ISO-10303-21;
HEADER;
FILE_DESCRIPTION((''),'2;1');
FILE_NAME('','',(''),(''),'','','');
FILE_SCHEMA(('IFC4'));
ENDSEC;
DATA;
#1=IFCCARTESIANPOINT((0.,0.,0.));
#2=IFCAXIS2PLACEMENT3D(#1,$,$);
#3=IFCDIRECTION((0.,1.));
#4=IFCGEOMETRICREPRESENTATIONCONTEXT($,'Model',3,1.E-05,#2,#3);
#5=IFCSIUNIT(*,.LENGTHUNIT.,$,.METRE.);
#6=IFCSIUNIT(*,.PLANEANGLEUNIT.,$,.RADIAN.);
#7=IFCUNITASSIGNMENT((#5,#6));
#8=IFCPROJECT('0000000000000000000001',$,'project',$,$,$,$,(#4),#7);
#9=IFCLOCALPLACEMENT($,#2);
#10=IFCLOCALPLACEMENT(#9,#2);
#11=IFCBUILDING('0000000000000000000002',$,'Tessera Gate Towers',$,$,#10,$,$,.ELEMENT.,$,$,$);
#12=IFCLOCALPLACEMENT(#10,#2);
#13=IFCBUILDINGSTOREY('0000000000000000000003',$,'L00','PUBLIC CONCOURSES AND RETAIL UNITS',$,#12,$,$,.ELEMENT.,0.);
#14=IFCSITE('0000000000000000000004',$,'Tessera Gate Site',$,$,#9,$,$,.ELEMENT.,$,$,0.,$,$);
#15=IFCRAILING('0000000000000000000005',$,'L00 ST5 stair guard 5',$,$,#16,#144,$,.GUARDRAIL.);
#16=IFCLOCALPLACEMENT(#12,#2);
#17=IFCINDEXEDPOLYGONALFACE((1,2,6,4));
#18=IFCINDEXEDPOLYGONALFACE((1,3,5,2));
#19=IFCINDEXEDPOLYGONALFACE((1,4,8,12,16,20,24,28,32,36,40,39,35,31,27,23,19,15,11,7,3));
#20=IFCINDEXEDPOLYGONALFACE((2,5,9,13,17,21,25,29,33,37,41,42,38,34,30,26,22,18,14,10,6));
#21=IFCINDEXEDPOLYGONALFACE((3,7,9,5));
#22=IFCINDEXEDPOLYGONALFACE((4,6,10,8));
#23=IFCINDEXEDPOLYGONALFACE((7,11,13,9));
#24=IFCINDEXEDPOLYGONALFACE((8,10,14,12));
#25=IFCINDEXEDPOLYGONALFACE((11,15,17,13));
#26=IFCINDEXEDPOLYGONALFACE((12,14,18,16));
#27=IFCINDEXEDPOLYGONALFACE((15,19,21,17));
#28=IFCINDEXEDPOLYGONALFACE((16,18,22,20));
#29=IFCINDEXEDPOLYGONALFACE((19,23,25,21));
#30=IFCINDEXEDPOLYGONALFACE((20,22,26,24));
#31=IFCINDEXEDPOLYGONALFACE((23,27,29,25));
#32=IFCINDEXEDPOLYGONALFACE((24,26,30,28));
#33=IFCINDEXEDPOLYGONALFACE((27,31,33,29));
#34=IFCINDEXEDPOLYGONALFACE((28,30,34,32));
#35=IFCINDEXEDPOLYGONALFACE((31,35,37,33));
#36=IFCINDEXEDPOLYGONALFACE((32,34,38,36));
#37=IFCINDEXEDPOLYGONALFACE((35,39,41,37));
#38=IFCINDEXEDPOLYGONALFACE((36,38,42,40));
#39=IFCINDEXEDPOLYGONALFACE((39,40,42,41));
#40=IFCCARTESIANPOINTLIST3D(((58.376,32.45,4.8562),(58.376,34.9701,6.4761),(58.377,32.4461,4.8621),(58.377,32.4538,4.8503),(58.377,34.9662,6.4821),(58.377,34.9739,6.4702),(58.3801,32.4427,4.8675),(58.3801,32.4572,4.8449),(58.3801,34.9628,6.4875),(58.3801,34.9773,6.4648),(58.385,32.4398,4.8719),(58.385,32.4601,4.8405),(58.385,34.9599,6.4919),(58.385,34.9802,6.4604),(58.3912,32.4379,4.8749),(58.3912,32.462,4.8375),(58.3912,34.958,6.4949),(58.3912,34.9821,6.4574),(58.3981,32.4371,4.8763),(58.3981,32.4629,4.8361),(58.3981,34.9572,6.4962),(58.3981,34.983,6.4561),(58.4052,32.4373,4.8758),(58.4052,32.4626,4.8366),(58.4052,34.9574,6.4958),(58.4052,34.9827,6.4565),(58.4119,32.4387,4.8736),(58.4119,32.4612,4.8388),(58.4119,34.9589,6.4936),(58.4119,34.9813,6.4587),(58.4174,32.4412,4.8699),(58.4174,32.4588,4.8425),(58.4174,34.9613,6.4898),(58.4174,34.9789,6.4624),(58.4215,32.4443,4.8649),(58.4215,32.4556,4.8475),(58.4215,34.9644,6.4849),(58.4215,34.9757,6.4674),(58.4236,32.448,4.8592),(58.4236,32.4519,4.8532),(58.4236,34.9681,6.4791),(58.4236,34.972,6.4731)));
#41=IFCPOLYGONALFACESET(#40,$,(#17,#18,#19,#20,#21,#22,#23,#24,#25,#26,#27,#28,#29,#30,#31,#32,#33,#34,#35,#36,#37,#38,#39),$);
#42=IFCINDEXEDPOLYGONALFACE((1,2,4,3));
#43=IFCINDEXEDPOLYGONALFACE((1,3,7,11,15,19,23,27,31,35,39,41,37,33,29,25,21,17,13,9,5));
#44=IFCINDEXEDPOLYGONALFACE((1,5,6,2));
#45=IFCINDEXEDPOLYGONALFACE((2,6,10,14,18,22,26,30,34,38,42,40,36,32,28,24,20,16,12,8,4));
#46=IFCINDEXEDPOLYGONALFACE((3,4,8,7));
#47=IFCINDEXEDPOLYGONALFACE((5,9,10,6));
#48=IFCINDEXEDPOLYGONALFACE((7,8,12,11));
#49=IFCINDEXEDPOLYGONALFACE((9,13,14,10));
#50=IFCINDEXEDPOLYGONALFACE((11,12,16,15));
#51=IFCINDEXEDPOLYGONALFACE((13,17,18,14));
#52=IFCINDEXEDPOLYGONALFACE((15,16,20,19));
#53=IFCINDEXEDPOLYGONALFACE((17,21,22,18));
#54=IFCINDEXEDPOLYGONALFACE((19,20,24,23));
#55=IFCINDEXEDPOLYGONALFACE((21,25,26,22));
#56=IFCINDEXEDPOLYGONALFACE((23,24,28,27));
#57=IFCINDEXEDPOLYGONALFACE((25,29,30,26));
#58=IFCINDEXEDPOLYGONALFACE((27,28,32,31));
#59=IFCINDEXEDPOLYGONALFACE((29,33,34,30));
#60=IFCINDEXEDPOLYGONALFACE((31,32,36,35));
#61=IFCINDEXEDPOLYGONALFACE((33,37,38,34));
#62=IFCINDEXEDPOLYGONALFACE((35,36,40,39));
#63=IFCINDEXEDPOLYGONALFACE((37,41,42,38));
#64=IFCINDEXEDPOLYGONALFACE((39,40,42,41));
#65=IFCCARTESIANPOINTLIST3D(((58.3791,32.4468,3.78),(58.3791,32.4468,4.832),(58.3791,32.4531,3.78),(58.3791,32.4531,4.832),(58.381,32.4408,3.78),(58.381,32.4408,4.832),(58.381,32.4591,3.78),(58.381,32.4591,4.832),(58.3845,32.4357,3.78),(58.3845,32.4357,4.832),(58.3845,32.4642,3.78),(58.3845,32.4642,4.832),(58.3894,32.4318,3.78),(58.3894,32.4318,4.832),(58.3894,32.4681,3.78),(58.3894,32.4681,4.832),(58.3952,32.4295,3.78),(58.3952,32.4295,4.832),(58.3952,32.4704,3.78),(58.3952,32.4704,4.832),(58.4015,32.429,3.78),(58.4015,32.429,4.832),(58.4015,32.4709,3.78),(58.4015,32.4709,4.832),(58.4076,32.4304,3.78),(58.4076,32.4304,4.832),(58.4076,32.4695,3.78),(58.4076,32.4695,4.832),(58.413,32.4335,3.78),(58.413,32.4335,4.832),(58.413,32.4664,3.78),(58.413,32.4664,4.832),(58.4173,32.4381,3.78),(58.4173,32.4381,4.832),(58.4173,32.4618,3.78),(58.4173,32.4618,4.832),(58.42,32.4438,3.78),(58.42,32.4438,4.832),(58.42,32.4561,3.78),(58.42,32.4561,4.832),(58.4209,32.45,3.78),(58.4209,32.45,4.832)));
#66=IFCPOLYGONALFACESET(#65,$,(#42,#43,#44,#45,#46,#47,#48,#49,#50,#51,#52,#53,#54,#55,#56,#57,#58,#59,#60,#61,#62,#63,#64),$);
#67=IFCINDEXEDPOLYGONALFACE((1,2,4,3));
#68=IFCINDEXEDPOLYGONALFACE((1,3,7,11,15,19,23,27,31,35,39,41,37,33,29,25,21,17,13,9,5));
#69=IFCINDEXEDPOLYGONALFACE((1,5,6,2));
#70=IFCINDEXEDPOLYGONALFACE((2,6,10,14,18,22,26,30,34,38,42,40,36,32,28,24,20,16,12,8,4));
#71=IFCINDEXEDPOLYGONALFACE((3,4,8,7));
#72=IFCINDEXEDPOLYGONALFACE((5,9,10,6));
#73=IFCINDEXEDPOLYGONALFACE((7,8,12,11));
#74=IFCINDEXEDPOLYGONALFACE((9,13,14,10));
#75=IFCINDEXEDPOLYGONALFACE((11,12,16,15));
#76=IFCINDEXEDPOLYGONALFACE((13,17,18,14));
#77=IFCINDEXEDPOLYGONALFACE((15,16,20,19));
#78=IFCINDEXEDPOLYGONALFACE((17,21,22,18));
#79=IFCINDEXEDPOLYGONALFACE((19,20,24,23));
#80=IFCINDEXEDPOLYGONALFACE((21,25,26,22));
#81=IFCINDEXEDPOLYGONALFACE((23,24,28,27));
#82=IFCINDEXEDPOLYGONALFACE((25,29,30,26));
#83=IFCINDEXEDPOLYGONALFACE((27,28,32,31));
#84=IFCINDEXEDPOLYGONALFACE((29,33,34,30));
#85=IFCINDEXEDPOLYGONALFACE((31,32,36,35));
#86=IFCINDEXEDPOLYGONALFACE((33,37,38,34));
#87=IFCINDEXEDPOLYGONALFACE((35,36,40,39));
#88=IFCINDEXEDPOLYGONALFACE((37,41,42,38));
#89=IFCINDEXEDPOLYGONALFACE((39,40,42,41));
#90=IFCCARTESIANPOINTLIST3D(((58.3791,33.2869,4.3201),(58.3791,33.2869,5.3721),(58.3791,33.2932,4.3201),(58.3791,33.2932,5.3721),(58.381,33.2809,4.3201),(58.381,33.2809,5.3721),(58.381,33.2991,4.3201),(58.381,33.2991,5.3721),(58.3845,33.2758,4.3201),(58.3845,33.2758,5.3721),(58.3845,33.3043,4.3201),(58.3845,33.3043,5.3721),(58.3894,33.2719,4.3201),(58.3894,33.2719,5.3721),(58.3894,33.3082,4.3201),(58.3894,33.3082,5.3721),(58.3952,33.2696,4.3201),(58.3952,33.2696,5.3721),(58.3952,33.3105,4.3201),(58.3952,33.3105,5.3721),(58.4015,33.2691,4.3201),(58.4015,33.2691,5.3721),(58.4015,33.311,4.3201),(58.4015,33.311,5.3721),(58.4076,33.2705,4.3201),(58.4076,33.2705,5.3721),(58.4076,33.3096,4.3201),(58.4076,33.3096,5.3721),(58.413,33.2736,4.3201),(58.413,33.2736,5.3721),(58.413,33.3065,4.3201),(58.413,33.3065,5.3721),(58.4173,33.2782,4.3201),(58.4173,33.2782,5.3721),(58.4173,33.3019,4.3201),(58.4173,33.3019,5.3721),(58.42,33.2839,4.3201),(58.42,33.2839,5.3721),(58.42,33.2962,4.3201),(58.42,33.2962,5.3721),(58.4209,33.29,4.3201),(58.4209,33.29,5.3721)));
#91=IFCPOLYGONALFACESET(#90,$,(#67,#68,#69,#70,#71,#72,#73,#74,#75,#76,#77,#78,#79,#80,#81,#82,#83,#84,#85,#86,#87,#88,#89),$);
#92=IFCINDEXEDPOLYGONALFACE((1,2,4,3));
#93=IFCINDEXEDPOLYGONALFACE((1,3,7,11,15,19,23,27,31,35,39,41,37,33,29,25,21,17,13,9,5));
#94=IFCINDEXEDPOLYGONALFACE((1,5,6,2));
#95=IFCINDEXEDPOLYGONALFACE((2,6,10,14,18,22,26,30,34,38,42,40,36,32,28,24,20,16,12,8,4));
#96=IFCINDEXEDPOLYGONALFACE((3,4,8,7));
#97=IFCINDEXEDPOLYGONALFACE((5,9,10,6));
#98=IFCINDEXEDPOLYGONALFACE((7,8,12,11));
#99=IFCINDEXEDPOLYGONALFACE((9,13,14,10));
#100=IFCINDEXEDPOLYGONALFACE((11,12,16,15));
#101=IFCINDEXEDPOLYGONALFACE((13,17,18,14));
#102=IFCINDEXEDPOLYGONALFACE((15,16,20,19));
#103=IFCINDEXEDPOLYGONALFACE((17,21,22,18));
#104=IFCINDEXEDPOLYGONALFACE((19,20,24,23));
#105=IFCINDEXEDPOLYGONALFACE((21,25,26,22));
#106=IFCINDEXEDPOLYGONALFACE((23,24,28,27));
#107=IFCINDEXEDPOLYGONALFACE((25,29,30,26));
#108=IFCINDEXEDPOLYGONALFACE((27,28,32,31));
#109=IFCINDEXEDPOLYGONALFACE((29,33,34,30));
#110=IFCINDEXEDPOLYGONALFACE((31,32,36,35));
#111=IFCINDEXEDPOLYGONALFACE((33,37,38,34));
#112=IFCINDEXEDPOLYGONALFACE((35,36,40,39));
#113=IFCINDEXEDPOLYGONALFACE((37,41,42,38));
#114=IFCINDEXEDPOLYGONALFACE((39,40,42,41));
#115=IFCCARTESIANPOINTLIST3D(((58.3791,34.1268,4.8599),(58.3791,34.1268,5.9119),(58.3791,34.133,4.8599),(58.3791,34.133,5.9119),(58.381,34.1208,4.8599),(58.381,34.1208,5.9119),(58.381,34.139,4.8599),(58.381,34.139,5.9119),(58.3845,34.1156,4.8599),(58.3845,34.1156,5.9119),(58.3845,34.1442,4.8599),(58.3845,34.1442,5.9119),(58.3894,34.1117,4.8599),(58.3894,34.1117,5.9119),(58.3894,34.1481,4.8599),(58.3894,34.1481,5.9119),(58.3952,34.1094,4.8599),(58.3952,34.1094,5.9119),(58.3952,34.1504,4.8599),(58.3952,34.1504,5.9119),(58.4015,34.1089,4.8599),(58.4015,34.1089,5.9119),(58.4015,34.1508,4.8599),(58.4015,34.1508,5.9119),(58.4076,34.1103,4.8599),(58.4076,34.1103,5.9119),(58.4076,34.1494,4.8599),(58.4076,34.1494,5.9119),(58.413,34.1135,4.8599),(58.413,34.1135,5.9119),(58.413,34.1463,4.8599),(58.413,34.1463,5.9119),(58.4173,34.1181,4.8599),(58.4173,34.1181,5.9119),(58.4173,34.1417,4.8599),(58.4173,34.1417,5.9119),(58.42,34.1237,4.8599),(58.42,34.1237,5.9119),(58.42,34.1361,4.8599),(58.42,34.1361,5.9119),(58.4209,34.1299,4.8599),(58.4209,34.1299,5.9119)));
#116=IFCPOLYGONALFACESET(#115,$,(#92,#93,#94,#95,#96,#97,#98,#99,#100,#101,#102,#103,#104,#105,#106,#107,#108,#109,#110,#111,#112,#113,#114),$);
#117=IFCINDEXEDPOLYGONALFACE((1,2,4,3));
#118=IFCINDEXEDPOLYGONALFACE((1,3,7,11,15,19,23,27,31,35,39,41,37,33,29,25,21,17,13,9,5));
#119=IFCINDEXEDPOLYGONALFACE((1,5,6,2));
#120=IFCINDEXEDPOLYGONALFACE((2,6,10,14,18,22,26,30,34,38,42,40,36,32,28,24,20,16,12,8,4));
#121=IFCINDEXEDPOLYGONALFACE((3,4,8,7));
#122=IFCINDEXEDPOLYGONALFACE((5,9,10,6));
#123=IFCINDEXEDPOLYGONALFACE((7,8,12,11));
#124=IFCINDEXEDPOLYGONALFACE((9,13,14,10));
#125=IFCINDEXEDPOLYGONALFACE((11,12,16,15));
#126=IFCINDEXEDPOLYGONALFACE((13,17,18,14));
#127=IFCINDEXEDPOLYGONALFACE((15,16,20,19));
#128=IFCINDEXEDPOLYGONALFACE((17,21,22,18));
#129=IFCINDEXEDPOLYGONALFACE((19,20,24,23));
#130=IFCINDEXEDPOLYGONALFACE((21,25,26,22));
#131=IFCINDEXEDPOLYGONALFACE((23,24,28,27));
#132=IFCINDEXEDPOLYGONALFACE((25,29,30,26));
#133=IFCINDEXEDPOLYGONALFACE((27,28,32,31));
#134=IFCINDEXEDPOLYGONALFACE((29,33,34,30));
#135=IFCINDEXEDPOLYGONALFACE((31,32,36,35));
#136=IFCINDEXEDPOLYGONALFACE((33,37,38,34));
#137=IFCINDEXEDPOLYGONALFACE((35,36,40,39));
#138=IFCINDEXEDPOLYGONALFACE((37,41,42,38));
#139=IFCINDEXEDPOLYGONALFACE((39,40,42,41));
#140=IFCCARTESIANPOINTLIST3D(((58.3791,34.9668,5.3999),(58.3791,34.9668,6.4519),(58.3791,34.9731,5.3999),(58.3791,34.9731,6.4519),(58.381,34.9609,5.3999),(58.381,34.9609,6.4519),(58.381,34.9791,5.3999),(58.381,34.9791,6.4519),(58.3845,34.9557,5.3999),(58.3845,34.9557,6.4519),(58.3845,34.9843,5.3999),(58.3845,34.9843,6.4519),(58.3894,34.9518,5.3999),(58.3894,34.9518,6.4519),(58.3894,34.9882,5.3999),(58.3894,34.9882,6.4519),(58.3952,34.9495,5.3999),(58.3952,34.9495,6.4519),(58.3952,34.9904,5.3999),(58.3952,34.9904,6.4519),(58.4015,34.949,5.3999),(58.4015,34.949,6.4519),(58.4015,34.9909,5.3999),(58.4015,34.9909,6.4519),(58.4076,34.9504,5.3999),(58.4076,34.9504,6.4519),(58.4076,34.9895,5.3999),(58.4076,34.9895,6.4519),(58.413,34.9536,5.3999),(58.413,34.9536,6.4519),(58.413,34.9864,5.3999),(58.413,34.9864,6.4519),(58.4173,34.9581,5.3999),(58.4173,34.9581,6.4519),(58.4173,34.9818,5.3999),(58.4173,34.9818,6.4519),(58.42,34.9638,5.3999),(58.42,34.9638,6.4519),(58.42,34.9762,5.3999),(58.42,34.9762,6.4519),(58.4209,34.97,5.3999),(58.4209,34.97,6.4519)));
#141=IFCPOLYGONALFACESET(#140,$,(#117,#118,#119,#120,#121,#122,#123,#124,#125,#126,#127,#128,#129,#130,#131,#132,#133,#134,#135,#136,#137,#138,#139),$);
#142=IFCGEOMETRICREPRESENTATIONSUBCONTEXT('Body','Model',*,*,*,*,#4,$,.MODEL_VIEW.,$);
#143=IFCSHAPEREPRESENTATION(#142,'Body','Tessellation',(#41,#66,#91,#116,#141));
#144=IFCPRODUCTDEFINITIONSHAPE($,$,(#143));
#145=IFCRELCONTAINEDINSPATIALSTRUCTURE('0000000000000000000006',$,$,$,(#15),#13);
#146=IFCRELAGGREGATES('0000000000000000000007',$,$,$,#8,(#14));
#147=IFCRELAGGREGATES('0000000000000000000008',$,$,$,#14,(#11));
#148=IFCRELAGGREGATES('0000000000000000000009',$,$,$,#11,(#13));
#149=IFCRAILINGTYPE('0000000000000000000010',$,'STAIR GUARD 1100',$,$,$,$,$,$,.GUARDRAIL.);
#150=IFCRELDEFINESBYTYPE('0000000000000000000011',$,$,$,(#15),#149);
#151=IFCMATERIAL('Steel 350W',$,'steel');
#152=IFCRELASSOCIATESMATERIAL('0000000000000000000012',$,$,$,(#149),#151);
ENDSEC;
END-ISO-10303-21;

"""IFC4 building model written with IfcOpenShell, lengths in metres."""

from ifc_helpers import new_model, si_unit, direction, frame, origin, origin_2d, place, context, subcontext, project, spatial, circle, extrude, material, type_object, element, save


model = new_model("IFC4")

# Units and contexts
model_context = context("Model", 3, precision=1e-05, world=origin(), true_north=direction((0.0, 1.0)))
body_context = subcontext(model_context, "Body", "Model", "MODEL_VIEW")
ifc_project = project(units=[si_unit("LENGTHUNIT", "METRE"), si_unit("PLANEANGLEUNIT", "RADIAN")], contexts=[model_context])

# Site, building, storey
site_placement = place(None, origin())
site = spatial("IfcSite", under=ifc_project, at=site_placement, Name="Tessera Gate Site", CompositionType="ELEMENT", RefElevation=0.0)
building_placement = place(site_placement, origin())
building = spatial("IfcBuilding", under=site, at=building_placement, Name="Tessera Gate Towers", CompositionType="ELEMENT")
storey_placement = place(building_placement, origin())
storey = spatial("IfcBuildingStorey", under=building, at=storey_placement, Name="L00", Description="PUBLIC CONCOURSES AND RETAIL UNITS", CompositionType="ELEMENT", Elevation=0.0)

# Railing
ifc_material_1 = material(Name="Steel 350W", Category="steel")
railing_type_1 = type_object("IfcRailingType", Name="STAIR GUARD 1100", PredefinedType="GUARDRAIL", material=ifc_material_1)
railing_1_placement = place(storey_placement, frame((58.3999, 32.45, 3.78)))
element("IfcRailing", 1, at=railing_1_placement, inside=storey, type_object=railing_type_1, Name="L00 ST5 stair guard 5", PredefinedType="GUARDRAIL", context=body_context, shape_type="SweptSolid", body=[
    extrude(circle(Radius=0.0239, at=origin_2d()), frame((0.0, 0.0, 1.0762), z_axis=(0.0, 0.8412, 0.540725), x_axis=(-1.0, 0.0, 0.0)), (0.0, 0.0, 1.0), 2.9958),
    extrude(circle(Radius=0.021, at=origin_2d()), origin(), (0.0, 0.0, 1.0), 1.052),
    extrude(circle(Radius=0.021, at=origin_2d()), frame((0.0, 0.8401, 0.54)), (0.0, 0.0, 1.0), 1.052),
    extrude(circle(Radius=0.021, at=origin_2d()), frame((0.0, 1.6799, 1.0798)), (0.0, 0.0, 1.0), 1.052),
    extrude(circle(Radius=0.021, at=origin_2d()), frame((0.0, 2.52, 1.6199)), (0.0, 0.0, 1.0), 1.052),
])

save(model, "model.ifc")
